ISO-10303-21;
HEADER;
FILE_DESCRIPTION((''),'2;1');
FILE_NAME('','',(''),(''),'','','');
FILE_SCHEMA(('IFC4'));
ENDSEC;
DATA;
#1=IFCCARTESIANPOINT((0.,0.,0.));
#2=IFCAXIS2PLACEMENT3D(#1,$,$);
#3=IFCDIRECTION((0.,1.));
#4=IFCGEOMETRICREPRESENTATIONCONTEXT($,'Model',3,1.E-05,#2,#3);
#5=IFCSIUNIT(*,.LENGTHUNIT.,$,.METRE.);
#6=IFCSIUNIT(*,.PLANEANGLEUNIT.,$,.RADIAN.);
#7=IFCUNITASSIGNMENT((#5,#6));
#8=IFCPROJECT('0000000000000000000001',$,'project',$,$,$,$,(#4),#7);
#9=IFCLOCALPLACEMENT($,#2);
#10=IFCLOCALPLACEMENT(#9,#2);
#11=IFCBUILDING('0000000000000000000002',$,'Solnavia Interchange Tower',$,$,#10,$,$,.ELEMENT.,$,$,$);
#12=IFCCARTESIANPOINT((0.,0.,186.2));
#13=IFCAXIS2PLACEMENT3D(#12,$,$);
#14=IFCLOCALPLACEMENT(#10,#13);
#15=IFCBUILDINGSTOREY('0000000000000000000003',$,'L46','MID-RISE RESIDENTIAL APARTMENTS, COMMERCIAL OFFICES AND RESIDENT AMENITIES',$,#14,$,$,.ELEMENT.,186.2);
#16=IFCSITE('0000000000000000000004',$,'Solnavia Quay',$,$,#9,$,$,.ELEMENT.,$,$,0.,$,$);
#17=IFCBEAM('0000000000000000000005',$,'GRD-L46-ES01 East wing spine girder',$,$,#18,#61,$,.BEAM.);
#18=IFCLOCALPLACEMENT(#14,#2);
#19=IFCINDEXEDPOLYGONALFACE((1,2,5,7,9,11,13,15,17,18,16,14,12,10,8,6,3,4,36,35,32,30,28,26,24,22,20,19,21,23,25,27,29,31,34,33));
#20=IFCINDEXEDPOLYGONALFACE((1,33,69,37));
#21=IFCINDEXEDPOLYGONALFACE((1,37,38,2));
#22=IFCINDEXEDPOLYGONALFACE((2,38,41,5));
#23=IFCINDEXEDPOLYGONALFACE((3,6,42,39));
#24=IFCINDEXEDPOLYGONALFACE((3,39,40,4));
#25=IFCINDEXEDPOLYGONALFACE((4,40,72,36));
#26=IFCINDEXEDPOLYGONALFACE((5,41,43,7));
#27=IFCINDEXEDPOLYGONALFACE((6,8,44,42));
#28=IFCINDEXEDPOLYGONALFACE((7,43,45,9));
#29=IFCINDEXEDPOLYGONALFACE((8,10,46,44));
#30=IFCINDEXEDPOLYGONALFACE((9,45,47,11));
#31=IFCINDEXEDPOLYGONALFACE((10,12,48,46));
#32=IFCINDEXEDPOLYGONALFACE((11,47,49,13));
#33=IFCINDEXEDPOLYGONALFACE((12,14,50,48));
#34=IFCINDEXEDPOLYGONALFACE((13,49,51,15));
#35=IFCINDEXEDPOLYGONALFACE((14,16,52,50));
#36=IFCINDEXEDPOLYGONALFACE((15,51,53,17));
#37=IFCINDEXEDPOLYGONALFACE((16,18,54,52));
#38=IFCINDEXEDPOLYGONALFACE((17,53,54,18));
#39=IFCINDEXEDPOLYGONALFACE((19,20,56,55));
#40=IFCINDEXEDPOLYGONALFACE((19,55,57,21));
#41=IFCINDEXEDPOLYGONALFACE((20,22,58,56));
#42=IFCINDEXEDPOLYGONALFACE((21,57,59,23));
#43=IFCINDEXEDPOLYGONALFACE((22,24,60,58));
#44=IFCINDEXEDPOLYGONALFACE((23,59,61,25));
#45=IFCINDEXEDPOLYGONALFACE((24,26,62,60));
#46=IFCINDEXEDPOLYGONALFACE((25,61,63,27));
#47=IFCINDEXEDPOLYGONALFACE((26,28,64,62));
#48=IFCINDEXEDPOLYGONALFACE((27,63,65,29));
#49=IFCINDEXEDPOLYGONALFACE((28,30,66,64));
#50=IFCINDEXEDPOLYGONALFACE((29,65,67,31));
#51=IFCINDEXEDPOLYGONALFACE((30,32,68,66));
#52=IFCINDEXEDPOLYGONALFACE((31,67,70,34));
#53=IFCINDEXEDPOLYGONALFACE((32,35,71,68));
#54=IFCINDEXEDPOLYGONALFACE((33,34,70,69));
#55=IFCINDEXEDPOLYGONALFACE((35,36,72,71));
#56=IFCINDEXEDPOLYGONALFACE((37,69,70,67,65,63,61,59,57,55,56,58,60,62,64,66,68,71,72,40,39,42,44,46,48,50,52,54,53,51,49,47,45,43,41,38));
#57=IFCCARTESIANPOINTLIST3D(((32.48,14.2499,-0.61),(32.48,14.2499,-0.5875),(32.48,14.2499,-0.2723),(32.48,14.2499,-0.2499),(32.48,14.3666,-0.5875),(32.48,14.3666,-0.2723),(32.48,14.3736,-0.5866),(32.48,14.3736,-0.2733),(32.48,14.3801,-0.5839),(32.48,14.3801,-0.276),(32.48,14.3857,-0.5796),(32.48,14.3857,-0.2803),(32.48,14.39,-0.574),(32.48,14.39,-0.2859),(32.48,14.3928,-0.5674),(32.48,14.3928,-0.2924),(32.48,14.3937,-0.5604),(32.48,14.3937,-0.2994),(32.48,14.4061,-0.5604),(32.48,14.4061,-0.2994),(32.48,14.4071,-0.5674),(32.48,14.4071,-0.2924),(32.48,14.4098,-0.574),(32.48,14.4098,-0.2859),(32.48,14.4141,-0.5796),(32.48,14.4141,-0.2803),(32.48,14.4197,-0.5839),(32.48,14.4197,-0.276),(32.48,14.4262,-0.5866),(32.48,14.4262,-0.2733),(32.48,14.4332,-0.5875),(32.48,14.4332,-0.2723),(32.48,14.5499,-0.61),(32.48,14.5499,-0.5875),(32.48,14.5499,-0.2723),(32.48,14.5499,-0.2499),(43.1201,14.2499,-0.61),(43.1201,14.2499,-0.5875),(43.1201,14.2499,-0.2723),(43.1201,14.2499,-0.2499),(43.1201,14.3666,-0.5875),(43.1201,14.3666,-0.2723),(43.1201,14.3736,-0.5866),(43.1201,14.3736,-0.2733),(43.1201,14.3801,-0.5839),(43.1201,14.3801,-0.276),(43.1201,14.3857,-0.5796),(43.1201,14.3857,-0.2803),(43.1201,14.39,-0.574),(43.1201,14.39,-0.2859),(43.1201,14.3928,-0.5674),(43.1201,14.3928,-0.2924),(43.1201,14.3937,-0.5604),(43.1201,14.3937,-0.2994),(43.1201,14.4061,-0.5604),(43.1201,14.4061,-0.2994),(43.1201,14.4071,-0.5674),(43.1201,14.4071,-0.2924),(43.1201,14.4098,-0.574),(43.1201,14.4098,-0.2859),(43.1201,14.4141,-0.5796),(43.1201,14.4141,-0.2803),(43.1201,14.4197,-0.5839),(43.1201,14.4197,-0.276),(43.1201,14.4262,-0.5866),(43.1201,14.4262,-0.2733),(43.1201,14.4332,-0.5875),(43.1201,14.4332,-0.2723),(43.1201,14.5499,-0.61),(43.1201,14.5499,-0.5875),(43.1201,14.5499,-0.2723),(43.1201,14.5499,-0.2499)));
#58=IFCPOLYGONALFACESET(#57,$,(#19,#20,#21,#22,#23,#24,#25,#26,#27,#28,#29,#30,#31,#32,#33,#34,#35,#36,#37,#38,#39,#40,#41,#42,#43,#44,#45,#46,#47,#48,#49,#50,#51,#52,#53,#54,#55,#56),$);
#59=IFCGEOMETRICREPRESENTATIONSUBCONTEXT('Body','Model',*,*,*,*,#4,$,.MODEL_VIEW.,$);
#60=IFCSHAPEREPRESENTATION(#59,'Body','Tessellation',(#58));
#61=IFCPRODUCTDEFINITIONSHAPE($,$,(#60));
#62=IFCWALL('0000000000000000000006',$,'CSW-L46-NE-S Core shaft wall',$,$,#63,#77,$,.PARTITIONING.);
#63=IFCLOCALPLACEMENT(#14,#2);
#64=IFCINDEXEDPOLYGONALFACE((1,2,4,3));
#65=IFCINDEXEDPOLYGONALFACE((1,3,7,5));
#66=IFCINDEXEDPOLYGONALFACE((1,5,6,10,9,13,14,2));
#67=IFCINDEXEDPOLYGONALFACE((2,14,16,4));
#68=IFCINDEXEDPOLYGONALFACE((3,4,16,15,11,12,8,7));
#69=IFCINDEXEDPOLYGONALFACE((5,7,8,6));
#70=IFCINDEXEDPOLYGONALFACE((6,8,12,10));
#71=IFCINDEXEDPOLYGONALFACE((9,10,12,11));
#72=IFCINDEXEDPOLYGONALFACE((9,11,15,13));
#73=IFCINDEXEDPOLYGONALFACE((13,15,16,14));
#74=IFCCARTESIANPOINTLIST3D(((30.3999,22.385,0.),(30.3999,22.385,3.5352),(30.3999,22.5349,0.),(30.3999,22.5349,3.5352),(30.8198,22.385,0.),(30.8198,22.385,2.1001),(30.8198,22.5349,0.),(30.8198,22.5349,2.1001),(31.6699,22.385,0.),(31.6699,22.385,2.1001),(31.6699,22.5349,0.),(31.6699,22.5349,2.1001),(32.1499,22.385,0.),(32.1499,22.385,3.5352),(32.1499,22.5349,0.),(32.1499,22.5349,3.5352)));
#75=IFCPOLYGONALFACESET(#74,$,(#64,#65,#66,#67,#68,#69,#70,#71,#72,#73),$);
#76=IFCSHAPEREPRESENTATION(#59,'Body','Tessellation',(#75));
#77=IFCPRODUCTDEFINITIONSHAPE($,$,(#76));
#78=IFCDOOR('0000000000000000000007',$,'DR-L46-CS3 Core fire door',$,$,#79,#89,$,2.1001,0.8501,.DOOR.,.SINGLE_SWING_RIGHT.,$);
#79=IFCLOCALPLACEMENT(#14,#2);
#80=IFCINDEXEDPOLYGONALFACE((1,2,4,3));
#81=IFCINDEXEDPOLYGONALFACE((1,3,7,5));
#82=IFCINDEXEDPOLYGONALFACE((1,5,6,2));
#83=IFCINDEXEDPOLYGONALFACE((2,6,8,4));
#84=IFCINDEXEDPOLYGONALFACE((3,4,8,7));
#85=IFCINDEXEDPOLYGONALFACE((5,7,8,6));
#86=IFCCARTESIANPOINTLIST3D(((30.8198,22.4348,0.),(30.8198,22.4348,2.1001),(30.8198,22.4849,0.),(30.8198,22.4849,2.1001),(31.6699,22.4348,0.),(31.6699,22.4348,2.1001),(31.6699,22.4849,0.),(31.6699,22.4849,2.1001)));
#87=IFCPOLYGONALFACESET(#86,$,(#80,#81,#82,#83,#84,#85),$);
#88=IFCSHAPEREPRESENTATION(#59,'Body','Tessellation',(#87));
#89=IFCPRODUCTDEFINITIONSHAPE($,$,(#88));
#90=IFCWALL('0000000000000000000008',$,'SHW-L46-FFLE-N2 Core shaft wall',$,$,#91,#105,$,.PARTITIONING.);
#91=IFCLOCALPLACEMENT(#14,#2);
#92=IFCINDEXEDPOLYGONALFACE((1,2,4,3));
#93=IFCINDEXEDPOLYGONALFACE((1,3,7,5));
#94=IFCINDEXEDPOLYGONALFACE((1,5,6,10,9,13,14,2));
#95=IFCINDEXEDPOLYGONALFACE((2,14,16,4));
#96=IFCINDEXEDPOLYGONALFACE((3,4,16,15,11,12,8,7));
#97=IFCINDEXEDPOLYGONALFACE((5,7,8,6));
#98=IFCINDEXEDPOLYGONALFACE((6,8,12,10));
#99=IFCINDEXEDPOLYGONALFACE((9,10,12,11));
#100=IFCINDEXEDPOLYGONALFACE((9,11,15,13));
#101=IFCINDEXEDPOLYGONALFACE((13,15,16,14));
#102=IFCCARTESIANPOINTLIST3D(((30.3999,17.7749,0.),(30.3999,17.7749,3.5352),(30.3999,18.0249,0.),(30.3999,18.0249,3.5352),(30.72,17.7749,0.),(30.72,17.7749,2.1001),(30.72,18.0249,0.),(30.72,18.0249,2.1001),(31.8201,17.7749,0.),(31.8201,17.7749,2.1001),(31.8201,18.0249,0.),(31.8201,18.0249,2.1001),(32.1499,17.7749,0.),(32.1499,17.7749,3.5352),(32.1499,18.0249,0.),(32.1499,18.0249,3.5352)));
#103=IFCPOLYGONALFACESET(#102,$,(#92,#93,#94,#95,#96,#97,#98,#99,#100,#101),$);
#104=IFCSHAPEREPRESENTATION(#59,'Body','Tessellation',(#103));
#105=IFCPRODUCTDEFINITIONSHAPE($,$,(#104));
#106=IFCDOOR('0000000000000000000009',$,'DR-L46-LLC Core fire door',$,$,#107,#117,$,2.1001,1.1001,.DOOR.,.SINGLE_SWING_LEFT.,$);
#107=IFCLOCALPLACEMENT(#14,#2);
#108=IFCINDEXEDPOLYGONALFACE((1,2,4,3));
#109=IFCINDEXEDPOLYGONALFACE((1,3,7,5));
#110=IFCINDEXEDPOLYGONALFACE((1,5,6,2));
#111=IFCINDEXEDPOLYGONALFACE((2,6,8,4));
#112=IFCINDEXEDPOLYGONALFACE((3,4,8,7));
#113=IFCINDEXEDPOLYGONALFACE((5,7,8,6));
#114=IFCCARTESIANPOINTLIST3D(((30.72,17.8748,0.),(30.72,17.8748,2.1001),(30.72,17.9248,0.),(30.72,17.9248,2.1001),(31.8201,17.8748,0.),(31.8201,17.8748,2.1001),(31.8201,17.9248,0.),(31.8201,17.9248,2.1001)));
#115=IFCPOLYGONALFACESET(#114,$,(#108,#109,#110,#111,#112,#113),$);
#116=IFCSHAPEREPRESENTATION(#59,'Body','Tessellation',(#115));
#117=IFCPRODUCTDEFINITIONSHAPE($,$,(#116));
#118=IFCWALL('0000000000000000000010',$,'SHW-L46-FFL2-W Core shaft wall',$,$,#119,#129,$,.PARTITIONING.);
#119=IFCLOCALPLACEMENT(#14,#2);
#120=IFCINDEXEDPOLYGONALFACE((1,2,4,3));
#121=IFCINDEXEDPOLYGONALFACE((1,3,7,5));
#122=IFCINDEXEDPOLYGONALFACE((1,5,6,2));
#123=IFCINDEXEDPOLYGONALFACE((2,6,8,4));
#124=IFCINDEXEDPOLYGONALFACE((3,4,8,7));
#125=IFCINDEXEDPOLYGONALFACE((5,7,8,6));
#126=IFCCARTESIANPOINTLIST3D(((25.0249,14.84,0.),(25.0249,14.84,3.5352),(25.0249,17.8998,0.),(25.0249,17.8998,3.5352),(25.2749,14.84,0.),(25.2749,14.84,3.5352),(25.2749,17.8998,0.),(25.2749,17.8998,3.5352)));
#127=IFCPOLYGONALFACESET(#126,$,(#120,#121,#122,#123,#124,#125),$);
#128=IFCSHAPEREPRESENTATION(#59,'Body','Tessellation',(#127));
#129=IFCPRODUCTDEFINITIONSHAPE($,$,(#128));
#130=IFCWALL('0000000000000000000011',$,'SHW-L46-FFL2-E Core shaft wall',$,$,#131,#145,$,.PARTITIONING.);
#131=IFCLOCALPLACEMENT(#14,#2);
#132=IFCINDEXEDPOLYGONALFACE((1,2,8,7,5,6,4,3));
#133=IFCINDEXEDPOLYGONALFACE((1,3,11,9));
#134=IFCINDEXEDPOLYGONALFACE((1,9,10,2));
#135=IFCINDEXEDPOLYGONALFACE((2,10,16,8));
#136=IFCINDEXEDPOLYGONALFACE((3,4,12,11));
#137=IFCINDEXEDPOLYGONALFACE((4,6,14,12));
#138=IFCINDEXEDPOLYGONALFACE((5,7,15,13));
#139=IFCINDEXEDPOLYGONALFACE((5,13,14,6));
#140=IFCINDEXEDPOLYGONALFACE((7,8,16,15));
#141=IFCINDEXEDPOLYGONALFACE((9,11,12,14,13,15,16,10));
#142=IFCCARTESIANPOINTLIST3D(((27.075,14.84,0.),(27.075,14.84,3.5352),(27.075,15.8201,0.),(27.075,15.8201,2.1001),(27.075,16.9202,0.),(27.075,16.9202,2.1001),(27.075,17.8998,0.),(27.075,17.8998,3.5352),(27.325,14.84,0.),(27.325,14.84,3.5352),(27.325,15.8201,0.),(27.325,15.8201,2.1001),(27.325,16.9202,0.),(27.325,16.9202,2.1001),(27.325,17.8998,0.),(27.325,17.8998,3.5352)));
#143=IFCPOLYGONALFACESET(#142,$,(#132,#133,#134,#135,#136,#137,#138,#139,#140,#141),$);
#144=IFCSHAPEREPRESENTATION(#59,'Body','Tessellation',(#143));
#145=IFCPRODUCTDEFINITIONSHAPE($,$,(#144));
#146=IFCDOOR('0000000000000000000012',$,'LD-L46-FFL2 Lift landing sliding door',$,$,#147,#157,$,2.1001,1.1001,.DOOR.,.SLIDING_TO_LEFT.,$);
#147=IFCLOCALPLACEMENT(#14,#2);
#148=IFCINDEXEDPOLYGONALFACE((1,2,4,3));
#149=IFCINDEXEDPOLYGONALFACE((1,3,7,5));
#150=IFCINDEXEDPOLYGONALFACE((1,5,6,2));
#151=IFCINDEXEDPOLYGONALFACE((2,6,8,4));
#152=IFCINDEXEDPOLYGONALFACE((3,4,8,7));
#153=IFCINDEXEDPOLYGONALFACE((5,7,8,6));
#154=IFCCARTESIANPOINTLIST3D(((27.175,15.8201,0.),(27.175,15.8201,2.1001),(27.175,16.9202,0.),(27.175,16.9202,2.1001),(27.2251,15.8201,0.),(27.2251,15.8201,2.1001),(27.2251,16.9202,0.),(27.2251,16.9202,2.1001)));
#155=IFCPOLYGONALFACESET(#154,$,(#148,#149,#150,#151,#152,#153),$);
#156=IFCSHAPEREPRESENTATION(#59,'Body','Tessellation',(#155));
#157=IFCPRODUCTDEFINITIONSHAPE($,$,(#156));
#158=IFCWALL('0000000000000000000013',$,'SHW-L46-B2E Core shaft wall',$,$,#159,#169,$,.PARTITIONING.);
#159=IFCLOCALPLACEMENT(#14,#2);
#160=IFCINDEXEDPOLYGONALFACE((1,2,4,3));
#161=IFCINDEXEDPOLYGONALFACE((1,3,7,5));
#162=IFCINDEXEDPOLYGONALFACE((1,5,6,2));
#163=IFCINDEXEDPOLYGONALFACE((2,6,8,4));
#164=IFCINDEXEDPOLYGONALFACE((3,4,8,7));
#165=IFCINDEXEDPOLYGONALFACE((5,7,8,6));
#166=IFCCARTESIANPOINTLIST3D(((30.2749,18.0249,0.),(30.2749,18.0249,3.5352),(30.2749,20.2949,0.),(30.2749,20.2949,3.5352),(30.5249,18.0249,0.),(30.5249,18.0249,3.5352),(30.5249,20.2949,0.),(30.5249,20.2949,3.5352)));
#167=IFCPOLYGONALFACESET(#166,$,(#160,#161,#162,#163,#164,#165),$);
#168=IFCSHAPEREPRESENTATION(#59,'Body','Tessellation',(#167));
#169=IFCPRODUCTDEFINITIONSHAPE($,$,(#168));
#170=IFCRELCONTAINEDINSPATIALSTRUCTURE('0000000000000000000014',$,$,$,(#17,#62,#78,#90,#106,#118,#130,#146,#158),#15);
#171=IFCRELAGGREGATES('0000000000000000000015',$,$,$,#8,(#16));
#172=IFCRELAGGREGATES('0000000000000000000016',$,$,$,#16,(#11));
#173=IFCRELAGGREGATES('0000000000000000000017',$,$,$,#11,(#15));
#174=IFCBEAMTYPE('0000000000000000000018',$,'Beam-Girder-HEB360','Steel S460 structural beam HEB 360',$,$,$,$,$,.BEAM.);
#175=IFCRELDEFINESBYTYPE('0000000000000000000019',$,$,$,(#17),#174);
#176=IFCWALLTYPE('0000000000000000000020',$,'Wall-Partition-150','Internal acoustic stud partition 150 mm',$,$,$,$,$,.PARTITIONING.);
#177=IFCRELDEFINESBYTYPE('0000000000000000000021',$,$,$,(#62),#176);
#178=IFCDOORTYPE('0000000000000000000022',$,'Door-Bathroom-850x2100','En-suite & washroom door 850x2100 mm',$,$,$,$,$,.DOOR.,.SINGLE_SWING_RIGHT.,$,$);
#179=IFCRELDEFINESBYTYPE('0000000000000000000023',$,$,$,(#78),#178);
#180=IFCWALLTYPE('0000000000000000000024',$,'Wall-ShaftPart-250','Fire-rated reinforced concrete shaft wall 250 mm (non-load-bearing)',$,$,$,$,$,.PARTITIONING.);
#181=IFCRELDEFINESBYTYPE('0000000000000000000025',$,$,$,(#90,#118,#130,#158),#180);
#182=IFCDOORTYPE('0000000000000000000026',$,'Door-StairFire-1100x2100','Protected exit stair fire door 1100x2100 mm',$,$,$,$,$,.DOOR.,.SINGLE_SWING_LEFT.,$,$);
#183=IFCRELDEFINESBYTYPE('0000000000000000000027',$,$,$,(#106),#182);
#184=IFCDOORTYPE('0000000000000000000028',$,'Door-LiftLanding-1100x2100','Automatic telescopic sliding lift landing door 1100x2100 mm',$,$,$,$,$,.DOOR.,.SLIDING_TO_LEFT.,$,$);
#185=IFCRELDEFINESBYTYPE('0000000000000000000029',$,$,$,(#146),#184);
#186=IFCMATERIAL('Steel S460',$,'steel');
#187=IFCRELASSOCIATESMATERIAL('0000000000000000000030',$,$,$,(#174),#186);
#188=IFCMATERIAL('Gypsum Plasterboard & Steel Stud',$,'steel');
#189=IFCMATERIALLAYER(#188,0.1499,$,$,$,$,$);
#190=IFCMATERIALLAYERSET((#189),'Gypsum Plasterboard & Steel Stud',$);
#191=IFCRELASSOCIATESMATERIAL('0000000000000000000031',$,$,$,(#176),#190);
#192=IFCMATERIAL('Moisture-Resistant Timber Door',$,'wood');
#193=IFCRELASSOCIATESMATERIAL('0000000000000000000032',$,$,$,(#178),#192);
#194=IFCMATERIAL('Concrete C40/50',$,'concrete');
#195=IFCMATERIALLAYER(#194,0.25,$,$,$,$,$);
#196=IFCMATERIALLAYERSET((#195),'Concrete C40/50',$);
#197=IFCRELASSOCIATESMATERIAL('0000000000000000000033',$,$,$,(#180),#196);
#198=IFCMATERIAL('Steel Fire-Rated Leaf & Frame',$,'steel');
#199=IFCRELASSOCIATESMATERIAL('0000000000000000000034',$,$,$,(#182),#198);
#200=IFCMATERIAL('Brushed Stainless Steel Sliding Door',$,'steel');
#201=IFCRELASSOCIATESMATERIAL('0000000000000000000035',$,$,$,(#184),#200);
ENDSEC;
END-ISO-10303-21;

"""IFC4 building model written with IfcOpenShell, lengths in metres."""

from ifc_helpers import new_model, si_unit, direction, frame, frame_2d, origin, origin_2d, place, context, subcontext, project, spatial, rectangle, i_section, extrude, material, layer, layer_set, material_profile, profile_set, type_object, element, fill, save


model = new_model("IFC4")

# Units and contexts
model_context = context("Model", 3, precision=1e-05, world=origin(), true_north=direction((0.0, 1.0)))
body_context = subcontext(model_context, "Body", "Model", "MODEL_VIEW")
ifc_project = project(units=[si_unit("LENGTHUNIT", "METRE"), si_unit("PLANEANGLEUNIT", "RADIAN")], contexts=[model_context])

# Site, building, storey
site_placement = place(None, origin())
site = spatial("IfcSite", under=ifc_project, at=site_placement, Name="Solnavia Quay", CompositionType="ELEMENT", RefElevation=0.0)
building_placement = place(site_placement, origin())
building = spatial("IfcBuilding", under=site, at=building_placement, Name="Solnavia Interchange Tower", CompositionType="ELEMENT")
storey_placement = place(building_placement, frame((0.0, 0.0, 186.2)))
storey = spatial("IfcBuildingStorey", under=building, at=storey_placement, Name="L46", Description="MID-RISE RESIDENTIAL APARTMENTS, COMMERCIAL OFFICES AND RESIDENT AMENITIES", CompositionType="ELEMENT", Elevation=186.2)

# Beam
ifc_material_1 = material(Name="Steel S460", Category="steel")
ifc_material_profile_1 = material_profile(ifc_material_1, i_section(OverallWidth=0.3, OverallDepth=0.3601, WebThickness=0.0125, FlangeThickness=0.0225, FilletRadius=0.0271, at=origin_2d()), Name="HEB 360")
ifc_profile_set_1 = profile_set([ifc_material_profile_1], Name="Steel S460")
beam_type_1 = type_object("IfcBeamType", Name="Beam-Girder-HEB360", Description="Steel S460 structural beam HEB 360", PredefinedType="BEAM", material=ifc_profile_set_1)
beam_1_placement = place(storey_placement, frame((32.48, 14.3999, -0.4299), z_axis=(1.0, 0.0, 0.0), x_axis=(0.0, 1.0, 0.0)))
element("IfcBeam", 1, at=beam_1_placement, inside=storey, type_object=beam_type_1, Name="GRD-L46-ES01 East wing spine girder", PredefinedType="BEAM", context=body_context, shape_type="SweptSolid", body=[
    extrude(i_section(OverallWidth=0.3, OverallDepth=0.3601, WebThickness=0.0125, FlangeThickness=0.0225, FilletRadius=0.0271, at=origin_2d()), origin(), (0.0, 0.0, 1.0), 10.6401),
])

# Walls, openings, doors
ifc_material_2 = material(Name="Gypsum Plasterboard & Steel Stud", Category="steel")
ifc_layer_1 = layer(ifc_material_2, 0.1499)
ifc_layer_set_1 = layer_set([ifc_layer_1], Name="Gypsum Plasterboard & Steel Stud")
wall_type_1 = type_object("IfcWallType", Name="Wall-Partition-150", Description="Internal acoustic stud partition 150 mm", PredefinedType="PARTITIONING", material=ifc_layer_set_1)
wall_1_placement = place(storey_placement, frame((30.3999, 22.46, 0.0), z_axis=(0.0, 0.0, 1.0), x_axis=(1.0, 0.0, 0.0)))
wall_1 = element("IfcWall", 2, at=wall_1_placement, inside=storey, type_object=wall_type_1, Name="CSW-L46-NE-S Core shaft wall", PredefinedType="PARTITIONING", context=body_context, shape_type="SweptSolid", body=[
    extrude(rectangle(XDim=1.75, YDim=0.1499, at=frame_2d((0.875, 0.0))), origin(), (0.0, 0.0, 1.0), 3.5352),
])
opening_1_placement = place(wall_1_placement, frame((0.4199, 0.0, 0.0)))
opening_1 = element("IfcOpeningElement", 3, at=opening_1_placement, cuts=wall_1, PredefinedType="OPENING", context=body_context, shape_type="SweptSolid", body=[
    extrude(rectangle(XDim=0.8501, YDim=2.1001, at=frame_2d((0.425, 1.05))), frame((0.0, 0.085, 0.0), z_axis=(0.0, -1.0, 0.0), x_axis=(1.0, 0.0, 0.0)), (0.0, 0.0, 1.0), 0.1699),
])
ifc_material_3 = material(Name="Moisture-Resistant Timber Door", Category="wood")
door_type_1 = type_object("IfcDoorType", Name="Door-Bathroom-850x2100", Description="En-suite & washroom door 850x2100 mm", OperationType="SINGLE_SWING_RIGHT", PredefinedType="DOOR", material=ifc_material_3)
door_1_placement = place(opening_1_placement, origin())
door_1 = element("IfcDoor", 4, at=door_1_placement, inside=storey, type_object=door_type_1, Name="DR-L46-CS3 Core fire door", OperationType="SINGLE_SWING_RIGHT", OverallHeight=2.1001, OverallWidth=0.8501, PredefinedType="DOOR", context=body_context, shape_type="SweptSolid", body=[
    extrude(rectangle(XDim=0.8501, YDim=2.1001, at=frame_2d((0.425, 1.05))), frame((0.0, 0.0249, 0.0), z_axis=(0.0, -1.0, 0.0), x_axis=(1.0, 0.0, 0.0)), (0.0, 0.0, 1.0), 0.05),
])
fill(opening_1, door_1)
ifc_material_4 = material(Name="Concrete C40/50", Category="concrete")
ifc_layer_2 = layer(ifc_material_4, 0.25)
ifc_layer_set_2 = layer_set([ifc_layer_2], Name="Concrete C40/50")
wall_type_2 = type_object("IfcWallType", Name="Wall-ShaftPart-250", Description="Fire-rated reinforced concrete shaft wall 250 mm (non-load-bearing)", PredefinedType="PARTITIONING", material=ifc_layer_set_2)
wall_2_placement = place(storey_placement, frame((30.3999, 17.8999, 0.0), z_axis=(0.0, 0.0, 1.0), x_axis=(1.0, 0.0, 0.0)))
wall_2 = element("IfcWall", 5, at=wall_2_placement, inside=storey, type_object=wall_type_2, Name="SHW-L46-FFLE-N2 Core shaft wall", PredefinedType="PARTITIONING", context=body_context, shape_type="SweptSolid", body=[
    extrude(rectangle(XDim=1.75, YDim=0.25, at=frame_2d((0.875, 0.0))), origin(), (0.0, 0.0, 1.0), 3.5352),
])
opening_2_placement = place(wall_2_placement, frame((0.3201, 0.0, 0.0)))
opening_2 = element("IfcOpeningElement", 6, at=opening_2_placement, cuts=wall_2, PredefinedType="OPENING", context=body_context, shape_type="SweptSolid", body=[
    extrude(rectangle(XDim=1.1001, YDim=2.1001, at=frame_2d((0.55, 1.05))), frame((0.0, 0.135, 0.0), z_axis=(0.0, -1.0, 0.0), x_axis=(1.0, 0.0, 0.0)), (0.0, 0.0, 1.0), 0.27),
])
ifc_material_5 = material(Name="Steel Fire-Rated Leaf & Frame", Category="steel")
door_type_2 = type_object("IfcDoorType", Name="Door-StairFire-1100x2100", Description="Protected exit stair fire door 1100x2100 mm", OperationType="SINGLE_SWING_LEFT", PredefinedType="DOOR", material=ifc_material_5)
door_2_placement = place(opening_2_placement, origin())
door_2 = element("IfcDoor", 7, at=door_2_placement, inside=storey, type_object=door_type_2, Name="DR-L46-LLC Core fire door", OperationType="SINGLE_SWING_LEFT", OverallHeight=2.1001, OverallWidth=1.1001, PredefinedType="DOOR", context=body_context, shape_type="SweptSolid", body=[
    extrude(rectangle(XDim=1.1001, YDim=2.1001, at=frame_2d((0.55, 1.05))), frame((0.0, 0.0249, 0.0), z_axis=(0.0, -1.0, 0.0), x_axis=(1.0, 0.0, 0.0)), (0.0, 0.0, 1.0), 0.05),
])
fill(opening_2, door_2)

# Wall
wall_3_placement = place(storey_placement, frame((25.1499, 14.8401, 0.0), z_axis=(0.0, 0.0, 1.0), x_axis=(0.0, 1.0, 0.0)))
element("IfcWall", 8, at=wall_3_placement, inside=storey, type_object=wall_type_2, Name="SHW-L46-FFL2-W Core shaft wall", PredefinedType="PARTITIONING", context=body_context, shape_type="SweptSolid", body=[
    extrude(rectangle(XDim=3.0598, YDim=0.25, at=frame_2d((1.5298, 0.0))), origin(), (0.0, 0.0, 1.0), 3.5352),
])

# Wall, opening, door
wall_4_placement = place(storey_placement, frame((27.2, 14.8401, 0.0), z_axis=(0.0, 0.0, 1.0), x_axis=(0.0, 1.0, 0.0)))
wall_4 = element("IfcWall", 9, at=wall_4_placement, inside=storey, type_object=wall_type_2, Name="SHW-L46-FFL2-E Core shaft wall", PredefinedType="PARTITIONING", context=body_context, shape_type="SweptSolid", body=[
    extrude(rectangle(XDim=3.0598, YDim=0.25, at=frame_2d((1.5298, 0.0))), origin(), (0.0, 0.0, 1.0), 3.5352),
])
opening_3_placement = place(wall_4_placement, frame((0.98, 0.0, 0.0)))
opening_3 = element("IfcOpeningElement", 10, at=opening_3_placement, cuts=wall_4, PredefinedType="OPENING", context=body_context, shape_type="SweptSolid", body=[
    extrude(rectangle(XDim=1.1001, YDim=2.1001, at=frame_2d((0.55, 1.05))), frame((0.0, 0.135, 0.0), z_axis=(0.0, -1.0, 0.0), x_axis=(1.0, 0.0, 0.0)), (0.0, 0.0, 1.0), 0.27),
])
ifc_material_6 = material(Name="Brushed Stainless Steel Sliding Door", Category="steel")
door_type_3 = type_object("IfcDoorType", Name="Door-LiftLanding-1100x2100", Description="Automatic telescopic sliding lift landing door 1100x2100 mm", OperationType="SLIDING_TO_LEFT", PredefinedType="DOOR", material=ifc_material_6)
door_3_placement = place(opening_3_placement, origin())
door_3 = element("IfcDoor", 11, at=door_3_placement, inside=storey, type_object=door_type_3, Name="LD-L46-FFL2 Lift landing sliding door", OperationType="SLIDING_TO_LEFT", OverallHeight=2.1001, OverallWidth=1.1001, PredefinedType="DOOR", context=body_context, shape_type="SweptSolid", body=[
    extrude(rectangle(XDim=1.1001, YDim=2.1001, at=frame_2d((0.55, 1.05))), frame((0.0, 0.0249, 0.0), z_axis=(0.0, -1.0, 0.0), x_axis=(1.0, 0.0, 0.0)), (0.0, 0.0, 1.0), 0.05),
])
fill(opening_3, door_3)

# Wall
wall_5_placement = place(storey_placement, frame((30.3999, 18.0249, 0.0), z_axis=(0.0, 0.0, 1.0), x_axis=(0.0, 1.0, 0.0)))
element("IfcWall", 12, at=wall_5_placement, inside=storey, type_object=wall_type_2, Name="SHW-L46-B2E Core shaft wall", PredefinedType="PARTITIONING", context=body_context, shape_type="SweptSolid", body=[
    extrude(rectangle(XDim=2.27, YDim=0.25, at=frame_2d((1.135, 0.0))), origin(), (0.0, 0.0, 1.0), 3.5352),
])

save(model, "model.ifc")
